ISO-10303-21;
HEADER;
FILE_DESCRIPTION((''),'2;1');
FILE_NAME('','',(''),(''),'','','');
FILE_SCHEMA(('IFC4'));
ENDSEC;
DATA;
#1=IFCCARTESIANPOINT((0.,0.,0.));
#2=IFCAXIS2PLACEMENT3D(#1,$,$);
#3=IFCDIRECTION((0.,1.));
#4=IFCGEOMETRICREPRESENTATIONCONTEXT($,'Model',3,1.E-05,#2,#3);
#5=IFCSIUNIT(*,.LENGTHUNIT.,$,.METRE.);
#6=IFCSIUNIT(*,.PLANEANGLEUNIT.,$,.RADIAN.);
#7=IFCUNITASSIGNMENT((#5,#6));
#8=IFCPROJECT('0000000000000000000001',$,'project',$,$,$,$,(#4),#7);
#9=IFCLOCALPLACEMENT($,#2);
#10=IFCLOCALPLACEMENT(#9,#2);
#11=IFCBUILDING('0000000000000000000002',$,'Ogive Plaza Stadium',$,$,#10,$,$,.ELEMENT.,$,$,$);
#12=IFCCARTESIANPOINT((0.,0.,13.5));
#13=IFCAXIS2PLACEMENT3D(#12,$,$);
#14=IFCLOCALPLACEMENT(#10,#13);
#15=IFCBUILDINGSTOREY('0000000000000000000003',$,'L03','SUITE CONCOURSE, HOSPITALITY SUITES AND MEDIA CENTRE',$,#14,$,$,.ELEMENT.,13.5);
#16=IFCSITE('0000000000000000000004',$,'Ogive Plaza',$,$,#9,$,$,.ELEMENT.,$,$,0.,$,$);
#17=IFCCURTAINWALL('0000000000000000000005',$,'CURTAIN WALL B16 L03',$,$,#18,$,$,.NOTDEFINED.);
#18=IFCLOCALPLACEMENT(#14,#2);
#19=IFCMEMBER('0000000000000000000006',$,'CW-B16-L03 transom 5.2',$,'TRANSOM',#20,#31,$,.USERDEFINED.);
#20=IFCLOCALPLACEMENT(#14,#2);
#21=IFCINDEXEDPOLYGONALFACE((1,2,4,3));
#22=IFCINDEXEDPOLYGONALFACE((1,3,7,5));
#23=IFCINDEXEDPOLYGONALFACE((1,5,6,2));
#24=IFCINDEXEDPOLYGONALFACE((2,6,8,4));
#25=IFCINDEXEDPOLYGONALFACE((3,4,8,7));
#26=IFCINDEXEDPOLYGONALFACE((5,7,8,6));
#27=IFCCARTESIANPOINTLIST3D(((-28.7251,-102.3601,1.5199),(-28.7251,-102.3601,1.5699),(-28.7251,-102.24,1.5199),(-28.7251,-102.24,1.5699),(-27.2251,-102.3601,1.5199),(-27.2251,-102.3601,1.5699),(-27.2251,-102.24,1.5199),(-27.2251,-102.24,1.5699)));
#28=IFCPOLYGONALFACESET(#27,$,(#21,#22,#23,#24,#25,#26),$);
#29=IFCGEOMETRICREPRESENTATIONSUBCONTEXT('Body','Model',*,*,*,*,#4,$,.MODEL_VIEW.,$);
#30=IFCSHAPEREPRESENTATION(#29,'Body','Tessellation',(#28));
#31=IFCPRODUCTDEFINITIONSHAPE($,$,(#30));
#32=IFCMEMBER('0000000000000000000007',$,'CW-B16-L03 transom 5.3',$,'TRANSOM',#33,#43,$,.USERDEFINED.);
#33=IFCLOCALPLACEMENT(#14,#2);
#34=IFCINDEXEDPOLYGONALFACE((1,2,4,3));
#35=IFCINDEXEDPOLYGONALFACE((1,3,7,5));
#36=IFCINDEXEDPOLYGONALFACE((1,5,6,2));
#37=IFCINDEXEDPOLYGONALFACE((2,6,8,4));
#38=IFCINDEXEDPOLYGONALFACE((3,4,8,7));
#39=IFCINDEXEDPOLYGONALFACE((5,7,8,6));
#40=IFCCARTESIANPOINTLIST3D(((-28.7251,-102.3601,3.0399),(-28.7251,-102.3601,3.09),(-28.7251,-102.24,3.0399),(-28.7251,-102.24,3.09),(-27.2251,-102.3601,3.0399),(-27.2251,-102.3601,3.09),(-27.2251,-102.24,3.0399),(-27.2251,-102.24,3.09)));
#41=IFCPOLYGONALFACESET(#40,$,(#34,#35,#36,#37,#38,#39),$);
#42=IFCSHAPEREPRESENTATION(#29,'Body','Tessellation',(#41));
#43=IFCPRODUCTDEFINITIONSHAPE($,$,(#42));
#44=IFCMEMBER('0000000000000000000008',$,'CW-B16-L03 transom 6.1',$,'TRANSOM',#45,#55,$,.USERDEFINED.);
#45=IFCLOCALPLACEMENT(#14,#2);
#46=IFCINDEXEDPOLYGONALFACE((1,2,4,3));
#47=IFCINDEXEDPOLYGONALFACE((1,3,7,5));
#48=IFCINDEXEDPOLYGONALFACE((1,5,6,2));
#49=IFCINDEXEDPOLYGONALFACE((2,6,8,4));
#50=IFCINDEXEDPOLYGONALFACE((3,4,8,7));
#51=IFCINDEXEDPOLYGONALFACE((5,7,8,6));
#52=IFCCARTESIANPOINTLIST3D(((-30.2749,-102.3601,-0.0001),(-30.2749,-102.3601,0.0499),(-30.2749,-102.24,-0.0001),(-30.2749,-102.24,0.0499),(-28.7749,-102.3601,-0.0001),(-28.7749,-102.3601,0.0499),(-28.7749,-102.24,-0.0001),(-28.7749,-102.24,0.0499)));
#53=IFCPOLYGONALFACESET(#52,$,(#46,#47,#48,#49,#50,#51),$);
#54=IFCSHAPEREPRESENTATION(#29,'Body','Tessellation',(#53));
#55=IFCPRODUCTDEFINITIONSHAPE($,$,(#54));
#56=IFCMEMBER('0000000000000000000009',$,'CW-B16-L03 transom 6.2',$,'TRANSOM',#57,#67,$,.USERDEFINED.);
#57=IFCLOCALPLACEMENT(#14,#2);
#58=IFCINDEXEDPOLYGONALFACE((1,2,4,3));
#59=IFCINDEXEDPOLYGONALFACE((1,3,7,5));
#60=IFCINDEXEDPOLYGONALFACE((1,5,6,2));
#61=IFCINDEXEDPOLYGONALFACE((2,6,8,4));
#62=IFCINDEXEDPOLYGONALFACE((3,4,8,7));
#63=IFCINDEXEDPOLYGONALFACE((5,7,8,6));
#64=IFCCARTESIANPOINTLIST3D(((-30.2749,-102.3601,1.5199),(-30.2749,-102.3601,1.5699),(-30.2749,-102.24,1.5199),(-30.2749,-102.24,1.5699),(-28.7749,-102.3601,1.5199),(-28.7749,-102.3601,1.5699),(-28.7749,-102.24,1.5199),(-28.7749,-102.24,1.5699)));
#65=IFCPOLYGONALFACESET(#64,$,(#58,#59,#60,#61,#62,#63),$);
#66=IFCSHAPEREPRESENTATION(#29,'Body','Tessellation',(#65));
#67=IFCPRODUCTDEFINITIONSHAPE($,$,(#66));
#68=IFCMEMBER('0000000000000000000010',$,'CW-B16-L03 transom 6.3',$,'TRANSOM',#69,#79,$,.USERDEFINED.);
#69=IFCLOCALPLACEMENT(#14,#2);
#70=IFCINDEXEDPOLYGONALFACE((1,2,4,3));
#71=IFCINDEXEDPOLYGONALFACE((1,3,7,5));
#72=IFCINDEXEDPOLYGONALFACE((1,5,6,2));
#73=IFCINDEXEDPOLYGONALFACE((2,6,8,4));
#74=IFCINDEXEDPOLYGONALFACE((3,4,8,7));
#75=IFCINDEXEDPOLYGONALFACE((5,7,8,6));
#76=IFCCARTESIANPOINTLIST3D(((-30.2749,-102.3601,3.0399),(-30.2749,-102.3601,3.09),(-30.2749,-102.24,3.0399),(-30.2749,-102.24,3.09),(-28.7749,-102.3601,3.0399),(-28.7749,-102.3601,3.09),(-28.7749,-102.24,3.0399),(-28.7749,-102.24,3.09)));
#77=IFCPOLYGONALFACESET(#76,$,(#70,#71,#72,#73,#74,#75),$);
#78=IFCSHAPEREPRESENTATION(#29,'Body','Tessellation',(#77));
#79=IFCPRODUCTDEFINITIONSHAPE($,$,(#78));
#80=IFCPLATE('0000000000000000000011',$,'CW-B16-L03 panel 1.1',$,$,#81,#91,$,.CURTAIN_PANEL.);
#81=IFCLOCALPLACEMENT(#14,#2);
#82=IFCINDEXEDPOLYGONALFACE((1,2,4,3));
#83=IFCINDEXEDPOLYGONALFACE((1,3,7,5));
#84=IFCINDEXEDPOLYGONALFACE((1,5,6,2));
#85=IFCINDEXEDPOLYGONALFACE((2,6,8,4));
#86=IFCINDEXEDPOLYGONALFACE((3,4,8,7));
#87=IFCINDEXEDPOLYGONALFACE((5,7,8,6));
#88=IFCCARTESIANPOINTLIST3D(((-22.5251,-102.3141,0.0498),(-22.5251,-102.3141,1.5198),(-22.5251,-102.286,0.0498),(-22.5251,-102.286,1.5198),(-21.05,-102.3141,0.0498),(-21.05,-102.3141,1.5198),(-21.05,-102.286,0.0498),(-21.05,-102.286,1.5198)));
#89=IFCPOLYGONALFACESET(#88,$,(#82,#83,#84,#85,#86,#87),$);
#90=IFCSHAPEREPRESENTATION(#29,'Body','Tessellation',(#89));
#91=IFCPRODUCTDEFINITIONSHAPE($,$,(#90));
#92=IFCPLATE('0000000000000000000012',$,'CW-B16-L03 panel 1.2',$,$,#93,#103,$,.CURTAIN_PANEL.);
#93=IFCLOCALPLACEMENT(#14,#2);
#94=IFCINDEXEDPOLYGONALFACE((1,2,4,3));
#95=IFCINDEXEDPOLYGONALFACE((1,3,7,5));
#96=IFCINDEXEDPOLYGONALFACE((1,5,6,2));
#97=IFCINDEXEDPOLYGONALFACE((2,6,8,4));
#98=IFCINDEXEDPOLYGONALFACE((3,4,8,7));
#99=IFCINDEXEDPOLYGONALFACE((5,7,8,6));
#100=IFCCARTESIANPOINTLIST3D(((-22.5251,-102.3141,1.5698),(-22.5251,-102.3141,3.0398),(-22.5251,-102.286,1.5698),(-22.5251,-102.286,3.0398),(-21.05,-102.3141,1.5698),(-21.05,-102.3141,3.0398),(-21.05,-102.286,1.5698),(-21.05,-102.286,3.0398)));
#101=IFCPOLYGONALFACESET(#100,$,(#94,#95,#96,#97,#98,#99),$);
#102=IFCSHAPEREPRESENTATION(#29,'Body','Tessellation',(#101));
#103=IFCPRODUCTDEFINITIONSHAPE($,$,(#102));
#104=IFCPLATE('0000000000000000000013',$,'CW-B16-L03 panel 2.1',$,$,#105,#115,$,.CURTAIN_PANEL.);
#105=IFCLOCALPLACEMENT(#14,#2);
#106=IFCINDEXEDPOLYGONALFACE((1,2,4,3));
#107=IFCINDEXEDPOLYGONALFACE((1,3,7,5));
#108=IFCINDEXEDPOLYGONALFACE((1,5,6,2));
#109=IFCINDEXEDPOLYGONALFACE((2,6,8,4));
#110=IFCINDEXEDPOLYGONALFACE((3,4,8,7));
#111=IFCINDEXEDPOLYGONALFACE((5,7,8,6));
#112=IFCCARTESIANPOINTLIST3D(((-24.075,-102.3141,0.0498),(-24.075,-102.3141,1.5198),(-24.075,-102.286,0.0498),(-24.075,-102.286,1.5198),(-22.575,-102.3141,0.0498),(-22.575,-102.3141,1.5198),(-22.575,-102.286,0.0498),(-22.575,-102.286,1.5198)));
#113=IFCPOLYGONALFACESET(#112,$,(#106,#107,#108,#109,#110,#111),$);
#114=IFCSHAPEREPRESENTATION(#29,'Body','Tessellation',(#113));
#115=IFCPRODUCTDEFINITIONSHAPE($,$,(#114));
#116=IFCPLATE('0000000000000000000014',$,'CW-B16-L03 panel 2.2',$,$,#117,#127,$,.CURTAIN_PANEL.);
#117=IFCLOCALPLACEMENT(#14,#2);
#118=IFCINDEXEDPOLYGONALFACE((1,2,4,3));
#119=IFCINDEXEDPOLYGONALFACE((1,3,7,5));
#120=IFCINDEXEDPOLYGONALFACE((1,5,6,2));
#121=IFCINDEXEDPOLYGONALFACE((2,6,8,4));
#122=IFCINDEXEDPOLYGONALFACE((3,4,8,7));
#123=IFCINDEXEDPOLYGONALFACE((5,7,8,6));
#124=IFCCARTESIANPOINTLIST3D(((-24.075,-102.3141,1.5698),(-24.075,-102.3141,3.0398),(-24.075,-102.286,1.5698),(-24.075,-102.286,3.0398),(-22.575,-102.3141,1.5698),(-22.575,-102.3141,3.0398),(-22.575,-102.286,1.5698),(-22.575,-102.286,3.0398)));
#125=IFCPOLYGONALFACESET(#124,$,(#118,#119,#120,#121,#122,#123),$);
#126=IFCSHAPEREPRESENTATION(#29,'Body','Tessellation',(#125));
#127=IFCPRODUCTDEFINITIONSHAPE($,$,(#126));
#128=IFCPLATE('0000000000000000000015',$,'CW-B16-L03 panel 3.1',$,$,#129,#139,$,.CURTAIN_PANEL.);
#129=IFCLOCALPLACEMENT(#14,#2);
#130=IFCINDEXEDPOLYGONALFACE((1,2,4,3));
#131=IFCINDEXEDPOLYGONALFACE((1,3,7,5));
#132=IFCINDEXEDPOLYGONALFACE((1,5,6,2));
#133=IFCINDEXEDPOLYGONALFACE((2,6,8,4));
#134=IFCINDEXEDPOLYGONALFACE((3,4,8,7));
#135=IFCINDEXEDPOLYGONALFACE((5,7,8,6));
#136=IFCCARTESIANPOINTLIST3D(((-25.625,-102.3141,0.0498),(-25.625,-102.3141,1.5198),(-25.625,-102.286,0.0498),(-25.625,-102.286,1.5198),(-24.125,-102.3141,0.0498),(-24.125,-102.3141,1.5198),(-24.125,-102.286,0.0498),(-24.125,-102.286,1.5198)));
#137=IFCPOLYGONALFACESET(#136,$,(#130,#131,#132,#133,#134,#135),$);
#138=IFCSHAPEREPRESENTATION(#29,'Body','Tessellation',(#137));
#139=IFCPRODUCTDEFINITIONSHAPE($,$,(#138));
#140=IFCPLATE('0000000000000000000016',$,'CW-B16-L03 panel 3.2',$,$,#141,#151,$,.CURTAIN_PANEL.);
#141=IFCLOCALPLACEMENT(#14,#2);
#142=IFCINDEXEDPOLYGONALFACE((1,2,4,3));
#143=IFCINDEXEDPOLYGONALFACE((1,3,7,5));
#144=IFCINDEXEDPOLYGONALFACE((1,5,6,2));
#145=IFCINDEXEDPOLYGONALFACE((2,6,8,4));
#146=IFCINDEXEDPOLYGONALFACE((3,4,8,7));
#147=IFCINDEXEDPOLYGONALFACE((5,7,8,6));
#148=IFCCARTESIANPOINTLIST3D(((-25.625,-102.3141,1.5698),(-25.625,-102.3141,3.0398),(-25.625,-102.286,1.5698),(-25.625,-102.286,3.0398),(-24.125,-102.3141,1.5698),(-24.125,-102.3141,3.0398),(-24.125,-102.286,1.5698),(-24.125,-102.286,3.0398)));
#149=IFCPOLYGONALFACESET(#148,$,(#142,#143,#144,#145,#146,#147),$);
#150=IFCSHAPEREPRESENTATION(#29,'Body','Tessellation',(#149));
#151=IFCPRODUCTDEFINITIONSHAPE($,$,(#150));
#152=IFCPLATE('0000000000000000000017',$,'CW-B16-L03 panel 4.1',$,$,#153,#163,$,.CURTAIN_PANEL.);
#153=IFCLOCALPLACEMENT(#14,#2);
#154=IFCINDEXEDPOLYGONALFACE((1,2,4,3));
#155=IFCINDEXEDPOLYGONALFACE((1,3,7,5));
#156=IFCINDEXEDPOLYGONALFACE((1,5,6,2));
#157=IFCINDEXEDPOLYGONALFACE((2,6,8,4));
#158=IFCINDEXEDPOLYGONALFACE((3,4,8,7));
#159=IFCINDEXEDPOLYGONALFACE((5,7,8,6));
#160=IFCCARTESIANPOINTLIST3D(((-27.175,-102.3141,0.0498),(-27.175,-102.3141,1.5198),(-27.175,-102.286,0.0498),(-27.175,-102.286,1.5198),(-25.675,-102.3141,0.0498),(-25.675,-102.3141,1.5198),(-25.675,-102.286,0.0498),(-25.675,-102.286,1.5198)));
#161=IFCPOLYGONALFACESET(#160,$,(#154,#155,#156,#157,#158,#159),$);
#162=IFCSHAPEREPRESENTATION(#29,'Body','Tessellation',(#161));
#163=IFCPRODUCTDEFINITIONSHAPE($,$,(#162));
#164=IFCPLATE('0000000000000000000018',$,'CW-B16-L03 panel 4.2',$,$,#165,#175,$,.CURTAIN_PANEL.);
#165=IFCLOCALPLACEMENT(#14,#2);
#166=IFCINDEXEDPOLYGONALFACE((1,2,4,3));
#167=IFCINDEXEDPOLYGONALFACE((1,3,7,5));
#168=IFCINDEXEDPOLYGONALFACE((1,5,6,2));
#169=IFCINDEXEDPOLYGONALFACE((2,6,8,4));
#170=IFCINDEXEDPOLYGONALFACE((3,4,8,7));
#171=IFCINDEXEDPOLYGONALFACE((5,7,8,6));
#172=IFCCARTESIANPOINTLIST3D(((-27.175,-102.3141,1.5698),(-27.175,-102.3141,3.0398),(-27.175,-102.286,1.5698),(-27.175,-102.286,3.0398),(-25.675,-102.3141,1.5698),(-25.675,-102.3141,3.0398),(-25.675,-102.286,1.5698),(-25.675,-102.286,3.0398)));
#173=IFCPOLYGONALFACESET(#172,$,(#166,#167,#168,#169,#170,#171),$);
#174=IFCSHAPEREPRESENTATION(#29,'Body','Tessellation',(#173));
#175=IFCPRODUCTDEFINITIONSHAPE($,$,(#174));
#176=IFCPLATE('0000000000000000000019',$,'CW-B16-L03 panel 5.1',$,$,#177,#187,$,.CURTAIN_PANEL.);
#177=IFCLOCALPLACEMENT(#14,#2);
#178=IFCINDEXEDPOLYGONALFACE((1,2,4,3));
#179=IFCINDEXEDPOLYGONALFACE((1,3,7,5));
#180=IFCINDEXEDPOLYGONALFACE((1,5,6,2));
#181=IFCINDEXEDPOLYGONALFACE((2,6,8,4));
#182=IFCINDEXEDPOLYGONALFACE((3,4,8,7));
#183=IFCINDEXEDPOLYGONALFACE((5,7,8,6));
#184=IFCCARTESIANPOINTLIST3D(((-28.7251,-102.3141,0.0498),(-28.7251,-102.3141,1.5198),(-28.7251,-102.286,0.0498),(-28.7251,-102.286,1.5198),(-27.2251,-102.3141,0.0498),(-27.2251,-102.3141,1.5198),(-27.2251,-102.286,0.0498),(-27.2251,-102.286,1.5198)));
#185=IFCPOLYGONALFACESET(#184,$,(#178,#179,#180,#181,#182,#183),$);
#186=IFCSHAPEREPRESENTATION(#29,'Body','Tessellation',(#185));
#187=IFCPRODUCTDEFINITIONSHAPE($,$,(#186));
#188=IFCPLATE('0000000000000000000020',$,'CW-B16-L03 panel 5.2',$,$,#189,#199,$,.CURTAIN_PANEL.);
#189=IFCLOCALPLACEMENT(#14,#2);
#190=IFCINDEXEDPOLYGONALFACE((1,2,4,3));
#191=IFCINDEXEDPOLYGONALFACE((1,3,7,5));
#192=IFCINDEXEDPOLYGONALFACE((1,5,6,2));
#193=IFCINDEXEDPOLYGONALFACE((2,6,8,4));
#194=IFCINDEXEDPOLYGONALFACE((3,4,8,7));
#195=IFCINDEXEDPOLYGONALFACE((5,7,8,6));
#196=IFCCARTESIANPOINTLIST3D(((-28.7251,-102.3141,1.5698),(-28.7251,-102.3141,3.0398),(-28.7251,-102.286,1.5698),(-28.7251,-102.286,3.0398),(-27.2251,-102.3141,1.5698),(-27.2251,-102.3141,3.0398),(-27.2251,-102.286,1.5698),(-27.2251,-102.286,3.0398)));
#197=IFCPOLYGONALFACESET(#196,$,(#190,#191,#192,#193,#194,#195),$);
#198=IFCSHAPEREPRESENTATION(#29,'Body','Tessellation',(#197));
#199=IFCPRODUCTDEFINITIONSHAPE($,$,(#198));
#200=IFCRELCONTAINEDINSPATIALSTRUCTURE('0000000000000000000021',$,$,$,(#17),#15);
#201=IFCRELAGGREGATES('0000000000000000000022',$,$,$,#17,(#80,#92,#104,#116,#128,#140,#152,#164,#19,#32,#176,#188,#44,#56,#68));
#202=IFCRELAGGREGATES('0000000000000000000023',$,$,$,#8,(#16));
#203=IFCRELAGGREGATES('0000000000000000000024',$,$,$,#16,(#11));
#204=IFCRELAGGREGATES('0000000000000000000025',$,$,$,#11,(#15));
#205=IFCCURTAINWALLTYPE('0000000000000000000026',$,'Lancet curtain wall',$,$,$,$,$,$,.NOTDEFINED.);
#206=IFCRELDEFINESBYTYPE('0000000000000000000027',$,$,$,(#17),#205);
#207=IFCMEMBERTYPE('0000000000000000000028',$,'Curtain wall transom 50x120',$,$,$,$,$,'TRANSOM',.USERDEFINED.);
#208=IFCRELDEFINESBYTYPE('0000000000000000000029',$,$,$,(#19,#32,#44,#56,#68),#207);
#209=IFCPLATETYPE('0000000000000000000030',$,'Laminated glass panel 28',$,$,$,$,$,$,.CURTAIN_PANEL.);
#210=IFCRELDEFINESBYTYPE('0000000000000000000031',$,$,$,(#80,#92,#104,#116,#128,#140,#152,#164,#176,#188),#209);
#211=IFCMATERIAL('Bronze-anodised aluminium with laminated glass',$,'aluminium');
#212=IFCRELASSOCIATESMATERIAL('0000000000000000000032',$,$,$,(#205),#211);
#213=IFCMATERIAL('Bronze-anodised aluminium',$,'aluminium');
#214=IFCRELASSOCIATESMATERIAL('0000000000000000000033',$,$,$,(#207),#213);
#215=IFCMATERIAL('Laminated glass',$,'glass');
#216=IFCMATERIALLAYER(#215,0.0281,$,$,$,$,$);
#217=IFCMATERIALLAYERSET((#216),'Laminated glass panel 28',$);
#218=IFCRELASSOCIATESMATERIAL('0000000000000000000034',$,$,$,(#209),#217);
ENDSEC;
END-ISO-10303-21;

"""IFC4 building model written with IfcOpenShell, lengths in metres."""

from ifc_helpers import new_model, si_unit, direction, frame, origin, origin_2d, place, context, subcontext, project, spatial, rectangle, extrude, material, layer, layer_set, material_profile, profile_set, type_object, element, aggregate, save


model = new_model("IFC4")

# Units and contexts
model_context = context("Model", 3, precision=1e-05, world=origin(), true_north=direction((0.0, 1.0)))
body_context = subcontext(model_context, "Body", "Model", "MODEL_VIEW")
ifc_project = project(units=[si_unit("LENGTHUNIT", "METRE"), si_unit("PLANEANGLEUNIT", "RADIAN")], contexts=[model_context])

# Site, building, storey
site_placement = place(None, origin())
site = spatial("IfcSite", under=ifc_project, at=site_placement, Name="Ogive Plaza", CompositionType="ELEMENT", RefElevation=0.0)
building_placement = place(site_placement, origin())
building = spatial("IfcBuilding", under=site, at=building_placement, Name="Ogive Plaza Stadium", CompositionType="ELEMENT")
storey_placement = place(building_placement, frame((0.0, 0.0, 13.5)))
storey = spatial("IfcBuildingStorey", under=building, at=storey_placement, Name="L03", Description="SUITE CONCOURSE, HOSPITALITY SUITES AND MEDIA CENTRE", CompositionType="ELEMENT", Elevation=13.5)

# Curtain wall, members, plates
ifc_material_1 = material(Name="Bronze-anodised aluminium with laminated glass", Category="aluminium")
curtain_wall_type = type_object("IfcCurtainWallType", Name="Lancet curtain wall", PredefinedType="NOTDEFINED", material=ifc_material_1)
curtain_wall_placement = place(storey_placement, origin())
curtain_wall = element("IfcCurtainWall", 1, at=curtain_wall_placement, inside=storey, type_object=curtain_wall_type, Name="CURTAIN WALL B16 L03", PredefinedType="NOTDEFINED")
ifc_material_2 = material(Name="Bronze-anodised aluminium", Category="aluminium")
ifc_material_profile_1 = material_profile(ifc_material_2, rectangle(XDim=0.1201, YDim=0.05, at=origin_2d()), Name="AL 120x50")
ifc_profile_set_1 = profile_set([ifc_material_profile_1], Name="Bronze-anodised aluminium")
member_type_1 = type_object("IfcMemberType", Name="Curtain wall transom 50x120", ElementType="TRANSOM", PredefinedType="USERDEFINED", material=ifc_profile_set_1)
member_1_placement = place(storey_placement, frame((-27.2251, -102.3, 1.5449), z_axis=(-1.0, 0.0, 0.0), x_axis=(0.0, -1.0, 0.0)))
member_1 = element("IfcMember", 2, at=member_1_placement, type_object=member_type_1, Name="CW-B16-L03 transom 5.2", ObjectType="TRANSOM", PredefinedType="USERDEFINED", context=body_context, shape_type="SweptSolid", body=[
    extrude(rectangle(XDim=0.1201, YDim=0.05, at=origin_2d()), origin(), (0.0, 0.0, 1.0), 1.5),
])
member_2_placement = place(storey_placement, frame((-27.2251, -102.3, 3.0649), z_axis=(-1.0, 0.0, 0.0), x_axis=(0.0, -1.0, 0.0)))
member_2 = element("IfcMember", 3, at=member_2_placement, type_object=member_type_1, Name="CW-B16-L03 transom 5.3", ObjectType="TRANSOM", PredefinedType="USERDEFINED", context=body_context, shape_type="SweptSolid", body=[
    extrude(rectangle(XDim=0.1201, YDim=0.05, at=origin_2d()), origin(), (0.0, 0.0, 1.0), 1.5),
])
member_3_placement = place(storey_placement, frame((-28.7749, -102.3, 0.0249), z_axis=(-1.0, 0.0, 0.0), x_axis=(0.0, -1.0, 0.0)))
member_3 = element("IfcMember", 4, at=member_3_placement, type_object=member_type_1, Name="CW-B16-L03 transom 6.1", ObjectType="TRANSOM", PredefinedType="USERDEFINED", context=body_context, shape_type="SweptSolid", body=[
    extrude(rectangle(XDim=0.1201, YDim=0.05, at=origin_2d()), origin(), (0.0, 0.0, 1.0), 1.5),
])
member_4_placement = place(storey_placement, frame((-28.7749, -102.3, 1.5449), z_axis=(-1.0, 0.0, 0.0), x_axis=(0.0, -1.0, 0.0)))
member_4 = element("IfcMember", 5, at=member_4_placement, type_object=member_type_1, Name="CW-B16-L03 transom 6.2", ObjectType="TRANSOM", PredefinedType="USERDEFINED", context=body_context, shape_type="SweptSolid", body=[
    extrude(rectangle(XDim=0.1201, YDim=0.05, at=origin_2d()), origin(), (0.0, 0.0, 1.0), 1.5),
])
member_5_placement = place(storey_placement, frame((-28.7749, -102.3, 3.0649), z_axis=(-1.0, 0.0, 0.0), x_axis=(0.0, -1.0, 0.0)))
member_5 = element("IfcMember", 6, at=member_5_placement, type_object=member_type_1, Name="CW-B16-L03 transom 6.3", ObjectType="TRANSOM", PredefinedType="USERDEFINED", context=body_context, shape_type="SweptSolid", body=[
    extrude(rectangle(XDim=0.1201, YDim=0.05, at=origin_2d()), origin(), (0.0, 0.0, 1.0), 1.5),
])
ifc_material_3 = material(Name="Laminated glass", Category="glass")
ifc_layer_1 = layer(ifc_material_3, 0.0281)
ifc_layer_set_1 = layer_set([ifc_layer_1], Name="Laminated glass panel 28")
plate_type = type_object("IfcPlateType", Name="Laminated glass panel 28", PredefinedType="CURTAIN_PANEL", material=ifc_layer_set_1)
plate_1_placement = place(storey_placement, frame((-21.7876, -102.3, 0.0498), z_axis=(0.0, 0.0, 1.0), x_axis=(-1.0, 0.0, 0.0)))
plate_1 = element("IfcPlate", 7, at=plate_1_placement, type_object=plate_type, Name="CW-B16-L03 panel 1.1", PredefinedType="CURTAIN_PANEL", context=body_context, shape_type="SweptSolid", body=[
    extrude(rectangle(XDim=1.4751, YDim=0.0281, at=origin_2d()), origin(), (0.0, 0.0, 1.0), 1.47),
])
plate_2_placement = place(storey_placement, frame((-21.7876, -102.3, 1.5698), z_axis=(0.0, 0.0, 1.0), x_axis=(-1.0, 0.0, 0.0)))
plate_2 = element("IfcPlate", 8, at=plate_2_placement, type_object=plate_type, Name="CW-B16-L03 panel 1.2", PredefinedType="CURTAIN_PANEL", context=body_context, shape_type="SweptSolid", body=[
    extrude(rectangle(XDim=1.4751, YDim=0.0281, at=origin_2d()), origin(), (0.0, 0.0, 1.0), 1.47),
])
plate_3_placement = place(storey_placement, frame((-23.325, -102.3, 0.0498), z_axis=(0.0, 0.0, 1.0), x_axis=(-1.0, 0.0, 0.0)))
plate_3 = element("IfcPlate", 9, at=plate_3_placement, type_object=plate_type, Name="CW-B16-L03 panel 2.1", PredefinedType="CURTAIN_PANEL", context=body_context, shape_type="SweptSolid", body=[
    extrude(rectangle(XDim=1.5, YDim=0.0281, at=origin_2d()), origin(), (0.0, 0.0, 1.0), 1.47),
])
plate_4_placement = place(storey_placement, frame((-23.325, -102.3, 1.5698), z_axis=(0.0, 0.0, 1.0), x_axis=(-1.0, 0.0, 0.0)))
plate_4 = element("IfcPlate", 10, at=plate_4_placement, type_object=plate_type, Name="CW-B16-L03 panel 2.2", PredefinedType="CURTAIN_PANEL", context=body_context, shape_type="SweptSolid", body=[
    extrude(rectangle(XDim=1.5, YDim=0.0281, at=origin_2d()), origin(), (0.0, 0.0, 1.0), 1.47),
])
plate_5_placement = place(storey_placement, frame((-24.875, -102.3, 0.0498), z_axis=(0.0, 0.0, 1.0), x_axis=(-1.0, 0.0, 0.0)))
plate_5 = element("IfcPlate", 11, at=plate_5_placement, type_object=plate_type, Name="CW-B16-L03 panel 3.1", PredefinedType="CURTAIN_PANEL", context=body_context, shape_type="SweptSolid", body=[
    extrude(rectangle(XDim=1.5, YDim=0.0281, at=origin_2d()), origin(), (0.0, 0.0, 1.0), 1.47),
])
plate_6_placement = place(storey_placement, frame((-24.875, -102.3, 1.5698), z_axis=(0.0, 0.0, 1.0), x_axis=(-1.0, 0.0, 0.0)))
plate_6 = element("IfcPlate", 12, at=plate_6_placement, type_object=plate_type, Name="CW-B16-L03 panel 3.2", PredefinedType="CURTAIN_PANEL", context=body_context, shape_type="SweptSolid", body=[
    extrude(rectangle(XDim=1.5, YDim=0.0281, at=origin_2d()), origin(), (0.0, 0.0, 1.0), 1.47),
])
plate_7_placement = place(storey_placement, frame((-26.425, -102.3, 0.0498), z_axis=(0.0, 0.0, 1.0), x_axis=(-1.0, 0.0, 0.0)))
plate_7 = element("IfcPlate", 13, at=plate_7_placement, type_object=plate_type, Name="CW-B16-L03 panel 4.1", PredefinedType="CURTAIN_PANEL", context=body_context, shape_type="SweptSolid", body=[
    extrude(rectangle(XDim=1.5, YDim=0.0281, at=origin_2d()), origin(), (0.0, 0.0, 1.0), 1.47),
])
plate_8_placement = place(storey_placement, frame((-26.425, -102.3, 1.5698), z_axis=(0.0, 0.0, 1.0), x_axis=(-1.0, 0.0, 0.0)))
plate_8 = element("IfcPlate", 14, at=plate_8_placement, type_object=plate_type, Name="CW-B16-L03 panel 4.2", PredefinedType="CURTAIN_PANEL", context=body_context, shape_type="SweptSolid", body=[
    extrude(rectangle(XDim=1.5, YDim=0.0281, at=origin_2d()), origin(), (0.0, 0.0, 1.0), 1.47),
])
plate_9_placement = place(storey_placement, frame((-27.9751, -102.3, 0.0498), z_axis=(0.0, 0.0, 1.0), x_axis=(-1.0, 0.0, 0.0)))
plate_9 = element("IfcPlate", 15, at=plate_9_placement, type_object=plate_type, Name="CW-B16-L03 panel 5.1", PredefinedType="CURTAIN_PANEL", context=body_context, shape_type="SweptSolid", body=[
    extrude(rectangle(XDim=1.5, YDim=0.0281, at=origin_2d()), origin(), (0.0, 0.0, 1.0), 1.47),
])
plate_10_placement = place(storey_placement, frame((-27.9751, -102.3, 1.5698), z_axis=(0.0, 0.0, 1.0), x_axis=(-1.0, 0.0, 0.0)))
plate_10 = element("IfcPlate", 16, at=plate_10_placement, type_object=plate_type, Name="CW-B16-L03 panel 5.2", PredefinedType="CURTAIN_PANEL", context=body_context, shape_type="SweptSolid", body=[
    extrude(rectangle(XDim=1.5, YDim=0.0281, at=origin_2d()), origin(), (0.0, 0.0, 1.0), 1.47),
])
aggregate(curtain_wall, [plate_1, plate_2, plate_3, plate_4, plate_5, plate_6, plate_7, plate_8, member_1, member_2, plate_9, plate_10, member_3, member_4, member_5])

save(model, "model.ifc")
